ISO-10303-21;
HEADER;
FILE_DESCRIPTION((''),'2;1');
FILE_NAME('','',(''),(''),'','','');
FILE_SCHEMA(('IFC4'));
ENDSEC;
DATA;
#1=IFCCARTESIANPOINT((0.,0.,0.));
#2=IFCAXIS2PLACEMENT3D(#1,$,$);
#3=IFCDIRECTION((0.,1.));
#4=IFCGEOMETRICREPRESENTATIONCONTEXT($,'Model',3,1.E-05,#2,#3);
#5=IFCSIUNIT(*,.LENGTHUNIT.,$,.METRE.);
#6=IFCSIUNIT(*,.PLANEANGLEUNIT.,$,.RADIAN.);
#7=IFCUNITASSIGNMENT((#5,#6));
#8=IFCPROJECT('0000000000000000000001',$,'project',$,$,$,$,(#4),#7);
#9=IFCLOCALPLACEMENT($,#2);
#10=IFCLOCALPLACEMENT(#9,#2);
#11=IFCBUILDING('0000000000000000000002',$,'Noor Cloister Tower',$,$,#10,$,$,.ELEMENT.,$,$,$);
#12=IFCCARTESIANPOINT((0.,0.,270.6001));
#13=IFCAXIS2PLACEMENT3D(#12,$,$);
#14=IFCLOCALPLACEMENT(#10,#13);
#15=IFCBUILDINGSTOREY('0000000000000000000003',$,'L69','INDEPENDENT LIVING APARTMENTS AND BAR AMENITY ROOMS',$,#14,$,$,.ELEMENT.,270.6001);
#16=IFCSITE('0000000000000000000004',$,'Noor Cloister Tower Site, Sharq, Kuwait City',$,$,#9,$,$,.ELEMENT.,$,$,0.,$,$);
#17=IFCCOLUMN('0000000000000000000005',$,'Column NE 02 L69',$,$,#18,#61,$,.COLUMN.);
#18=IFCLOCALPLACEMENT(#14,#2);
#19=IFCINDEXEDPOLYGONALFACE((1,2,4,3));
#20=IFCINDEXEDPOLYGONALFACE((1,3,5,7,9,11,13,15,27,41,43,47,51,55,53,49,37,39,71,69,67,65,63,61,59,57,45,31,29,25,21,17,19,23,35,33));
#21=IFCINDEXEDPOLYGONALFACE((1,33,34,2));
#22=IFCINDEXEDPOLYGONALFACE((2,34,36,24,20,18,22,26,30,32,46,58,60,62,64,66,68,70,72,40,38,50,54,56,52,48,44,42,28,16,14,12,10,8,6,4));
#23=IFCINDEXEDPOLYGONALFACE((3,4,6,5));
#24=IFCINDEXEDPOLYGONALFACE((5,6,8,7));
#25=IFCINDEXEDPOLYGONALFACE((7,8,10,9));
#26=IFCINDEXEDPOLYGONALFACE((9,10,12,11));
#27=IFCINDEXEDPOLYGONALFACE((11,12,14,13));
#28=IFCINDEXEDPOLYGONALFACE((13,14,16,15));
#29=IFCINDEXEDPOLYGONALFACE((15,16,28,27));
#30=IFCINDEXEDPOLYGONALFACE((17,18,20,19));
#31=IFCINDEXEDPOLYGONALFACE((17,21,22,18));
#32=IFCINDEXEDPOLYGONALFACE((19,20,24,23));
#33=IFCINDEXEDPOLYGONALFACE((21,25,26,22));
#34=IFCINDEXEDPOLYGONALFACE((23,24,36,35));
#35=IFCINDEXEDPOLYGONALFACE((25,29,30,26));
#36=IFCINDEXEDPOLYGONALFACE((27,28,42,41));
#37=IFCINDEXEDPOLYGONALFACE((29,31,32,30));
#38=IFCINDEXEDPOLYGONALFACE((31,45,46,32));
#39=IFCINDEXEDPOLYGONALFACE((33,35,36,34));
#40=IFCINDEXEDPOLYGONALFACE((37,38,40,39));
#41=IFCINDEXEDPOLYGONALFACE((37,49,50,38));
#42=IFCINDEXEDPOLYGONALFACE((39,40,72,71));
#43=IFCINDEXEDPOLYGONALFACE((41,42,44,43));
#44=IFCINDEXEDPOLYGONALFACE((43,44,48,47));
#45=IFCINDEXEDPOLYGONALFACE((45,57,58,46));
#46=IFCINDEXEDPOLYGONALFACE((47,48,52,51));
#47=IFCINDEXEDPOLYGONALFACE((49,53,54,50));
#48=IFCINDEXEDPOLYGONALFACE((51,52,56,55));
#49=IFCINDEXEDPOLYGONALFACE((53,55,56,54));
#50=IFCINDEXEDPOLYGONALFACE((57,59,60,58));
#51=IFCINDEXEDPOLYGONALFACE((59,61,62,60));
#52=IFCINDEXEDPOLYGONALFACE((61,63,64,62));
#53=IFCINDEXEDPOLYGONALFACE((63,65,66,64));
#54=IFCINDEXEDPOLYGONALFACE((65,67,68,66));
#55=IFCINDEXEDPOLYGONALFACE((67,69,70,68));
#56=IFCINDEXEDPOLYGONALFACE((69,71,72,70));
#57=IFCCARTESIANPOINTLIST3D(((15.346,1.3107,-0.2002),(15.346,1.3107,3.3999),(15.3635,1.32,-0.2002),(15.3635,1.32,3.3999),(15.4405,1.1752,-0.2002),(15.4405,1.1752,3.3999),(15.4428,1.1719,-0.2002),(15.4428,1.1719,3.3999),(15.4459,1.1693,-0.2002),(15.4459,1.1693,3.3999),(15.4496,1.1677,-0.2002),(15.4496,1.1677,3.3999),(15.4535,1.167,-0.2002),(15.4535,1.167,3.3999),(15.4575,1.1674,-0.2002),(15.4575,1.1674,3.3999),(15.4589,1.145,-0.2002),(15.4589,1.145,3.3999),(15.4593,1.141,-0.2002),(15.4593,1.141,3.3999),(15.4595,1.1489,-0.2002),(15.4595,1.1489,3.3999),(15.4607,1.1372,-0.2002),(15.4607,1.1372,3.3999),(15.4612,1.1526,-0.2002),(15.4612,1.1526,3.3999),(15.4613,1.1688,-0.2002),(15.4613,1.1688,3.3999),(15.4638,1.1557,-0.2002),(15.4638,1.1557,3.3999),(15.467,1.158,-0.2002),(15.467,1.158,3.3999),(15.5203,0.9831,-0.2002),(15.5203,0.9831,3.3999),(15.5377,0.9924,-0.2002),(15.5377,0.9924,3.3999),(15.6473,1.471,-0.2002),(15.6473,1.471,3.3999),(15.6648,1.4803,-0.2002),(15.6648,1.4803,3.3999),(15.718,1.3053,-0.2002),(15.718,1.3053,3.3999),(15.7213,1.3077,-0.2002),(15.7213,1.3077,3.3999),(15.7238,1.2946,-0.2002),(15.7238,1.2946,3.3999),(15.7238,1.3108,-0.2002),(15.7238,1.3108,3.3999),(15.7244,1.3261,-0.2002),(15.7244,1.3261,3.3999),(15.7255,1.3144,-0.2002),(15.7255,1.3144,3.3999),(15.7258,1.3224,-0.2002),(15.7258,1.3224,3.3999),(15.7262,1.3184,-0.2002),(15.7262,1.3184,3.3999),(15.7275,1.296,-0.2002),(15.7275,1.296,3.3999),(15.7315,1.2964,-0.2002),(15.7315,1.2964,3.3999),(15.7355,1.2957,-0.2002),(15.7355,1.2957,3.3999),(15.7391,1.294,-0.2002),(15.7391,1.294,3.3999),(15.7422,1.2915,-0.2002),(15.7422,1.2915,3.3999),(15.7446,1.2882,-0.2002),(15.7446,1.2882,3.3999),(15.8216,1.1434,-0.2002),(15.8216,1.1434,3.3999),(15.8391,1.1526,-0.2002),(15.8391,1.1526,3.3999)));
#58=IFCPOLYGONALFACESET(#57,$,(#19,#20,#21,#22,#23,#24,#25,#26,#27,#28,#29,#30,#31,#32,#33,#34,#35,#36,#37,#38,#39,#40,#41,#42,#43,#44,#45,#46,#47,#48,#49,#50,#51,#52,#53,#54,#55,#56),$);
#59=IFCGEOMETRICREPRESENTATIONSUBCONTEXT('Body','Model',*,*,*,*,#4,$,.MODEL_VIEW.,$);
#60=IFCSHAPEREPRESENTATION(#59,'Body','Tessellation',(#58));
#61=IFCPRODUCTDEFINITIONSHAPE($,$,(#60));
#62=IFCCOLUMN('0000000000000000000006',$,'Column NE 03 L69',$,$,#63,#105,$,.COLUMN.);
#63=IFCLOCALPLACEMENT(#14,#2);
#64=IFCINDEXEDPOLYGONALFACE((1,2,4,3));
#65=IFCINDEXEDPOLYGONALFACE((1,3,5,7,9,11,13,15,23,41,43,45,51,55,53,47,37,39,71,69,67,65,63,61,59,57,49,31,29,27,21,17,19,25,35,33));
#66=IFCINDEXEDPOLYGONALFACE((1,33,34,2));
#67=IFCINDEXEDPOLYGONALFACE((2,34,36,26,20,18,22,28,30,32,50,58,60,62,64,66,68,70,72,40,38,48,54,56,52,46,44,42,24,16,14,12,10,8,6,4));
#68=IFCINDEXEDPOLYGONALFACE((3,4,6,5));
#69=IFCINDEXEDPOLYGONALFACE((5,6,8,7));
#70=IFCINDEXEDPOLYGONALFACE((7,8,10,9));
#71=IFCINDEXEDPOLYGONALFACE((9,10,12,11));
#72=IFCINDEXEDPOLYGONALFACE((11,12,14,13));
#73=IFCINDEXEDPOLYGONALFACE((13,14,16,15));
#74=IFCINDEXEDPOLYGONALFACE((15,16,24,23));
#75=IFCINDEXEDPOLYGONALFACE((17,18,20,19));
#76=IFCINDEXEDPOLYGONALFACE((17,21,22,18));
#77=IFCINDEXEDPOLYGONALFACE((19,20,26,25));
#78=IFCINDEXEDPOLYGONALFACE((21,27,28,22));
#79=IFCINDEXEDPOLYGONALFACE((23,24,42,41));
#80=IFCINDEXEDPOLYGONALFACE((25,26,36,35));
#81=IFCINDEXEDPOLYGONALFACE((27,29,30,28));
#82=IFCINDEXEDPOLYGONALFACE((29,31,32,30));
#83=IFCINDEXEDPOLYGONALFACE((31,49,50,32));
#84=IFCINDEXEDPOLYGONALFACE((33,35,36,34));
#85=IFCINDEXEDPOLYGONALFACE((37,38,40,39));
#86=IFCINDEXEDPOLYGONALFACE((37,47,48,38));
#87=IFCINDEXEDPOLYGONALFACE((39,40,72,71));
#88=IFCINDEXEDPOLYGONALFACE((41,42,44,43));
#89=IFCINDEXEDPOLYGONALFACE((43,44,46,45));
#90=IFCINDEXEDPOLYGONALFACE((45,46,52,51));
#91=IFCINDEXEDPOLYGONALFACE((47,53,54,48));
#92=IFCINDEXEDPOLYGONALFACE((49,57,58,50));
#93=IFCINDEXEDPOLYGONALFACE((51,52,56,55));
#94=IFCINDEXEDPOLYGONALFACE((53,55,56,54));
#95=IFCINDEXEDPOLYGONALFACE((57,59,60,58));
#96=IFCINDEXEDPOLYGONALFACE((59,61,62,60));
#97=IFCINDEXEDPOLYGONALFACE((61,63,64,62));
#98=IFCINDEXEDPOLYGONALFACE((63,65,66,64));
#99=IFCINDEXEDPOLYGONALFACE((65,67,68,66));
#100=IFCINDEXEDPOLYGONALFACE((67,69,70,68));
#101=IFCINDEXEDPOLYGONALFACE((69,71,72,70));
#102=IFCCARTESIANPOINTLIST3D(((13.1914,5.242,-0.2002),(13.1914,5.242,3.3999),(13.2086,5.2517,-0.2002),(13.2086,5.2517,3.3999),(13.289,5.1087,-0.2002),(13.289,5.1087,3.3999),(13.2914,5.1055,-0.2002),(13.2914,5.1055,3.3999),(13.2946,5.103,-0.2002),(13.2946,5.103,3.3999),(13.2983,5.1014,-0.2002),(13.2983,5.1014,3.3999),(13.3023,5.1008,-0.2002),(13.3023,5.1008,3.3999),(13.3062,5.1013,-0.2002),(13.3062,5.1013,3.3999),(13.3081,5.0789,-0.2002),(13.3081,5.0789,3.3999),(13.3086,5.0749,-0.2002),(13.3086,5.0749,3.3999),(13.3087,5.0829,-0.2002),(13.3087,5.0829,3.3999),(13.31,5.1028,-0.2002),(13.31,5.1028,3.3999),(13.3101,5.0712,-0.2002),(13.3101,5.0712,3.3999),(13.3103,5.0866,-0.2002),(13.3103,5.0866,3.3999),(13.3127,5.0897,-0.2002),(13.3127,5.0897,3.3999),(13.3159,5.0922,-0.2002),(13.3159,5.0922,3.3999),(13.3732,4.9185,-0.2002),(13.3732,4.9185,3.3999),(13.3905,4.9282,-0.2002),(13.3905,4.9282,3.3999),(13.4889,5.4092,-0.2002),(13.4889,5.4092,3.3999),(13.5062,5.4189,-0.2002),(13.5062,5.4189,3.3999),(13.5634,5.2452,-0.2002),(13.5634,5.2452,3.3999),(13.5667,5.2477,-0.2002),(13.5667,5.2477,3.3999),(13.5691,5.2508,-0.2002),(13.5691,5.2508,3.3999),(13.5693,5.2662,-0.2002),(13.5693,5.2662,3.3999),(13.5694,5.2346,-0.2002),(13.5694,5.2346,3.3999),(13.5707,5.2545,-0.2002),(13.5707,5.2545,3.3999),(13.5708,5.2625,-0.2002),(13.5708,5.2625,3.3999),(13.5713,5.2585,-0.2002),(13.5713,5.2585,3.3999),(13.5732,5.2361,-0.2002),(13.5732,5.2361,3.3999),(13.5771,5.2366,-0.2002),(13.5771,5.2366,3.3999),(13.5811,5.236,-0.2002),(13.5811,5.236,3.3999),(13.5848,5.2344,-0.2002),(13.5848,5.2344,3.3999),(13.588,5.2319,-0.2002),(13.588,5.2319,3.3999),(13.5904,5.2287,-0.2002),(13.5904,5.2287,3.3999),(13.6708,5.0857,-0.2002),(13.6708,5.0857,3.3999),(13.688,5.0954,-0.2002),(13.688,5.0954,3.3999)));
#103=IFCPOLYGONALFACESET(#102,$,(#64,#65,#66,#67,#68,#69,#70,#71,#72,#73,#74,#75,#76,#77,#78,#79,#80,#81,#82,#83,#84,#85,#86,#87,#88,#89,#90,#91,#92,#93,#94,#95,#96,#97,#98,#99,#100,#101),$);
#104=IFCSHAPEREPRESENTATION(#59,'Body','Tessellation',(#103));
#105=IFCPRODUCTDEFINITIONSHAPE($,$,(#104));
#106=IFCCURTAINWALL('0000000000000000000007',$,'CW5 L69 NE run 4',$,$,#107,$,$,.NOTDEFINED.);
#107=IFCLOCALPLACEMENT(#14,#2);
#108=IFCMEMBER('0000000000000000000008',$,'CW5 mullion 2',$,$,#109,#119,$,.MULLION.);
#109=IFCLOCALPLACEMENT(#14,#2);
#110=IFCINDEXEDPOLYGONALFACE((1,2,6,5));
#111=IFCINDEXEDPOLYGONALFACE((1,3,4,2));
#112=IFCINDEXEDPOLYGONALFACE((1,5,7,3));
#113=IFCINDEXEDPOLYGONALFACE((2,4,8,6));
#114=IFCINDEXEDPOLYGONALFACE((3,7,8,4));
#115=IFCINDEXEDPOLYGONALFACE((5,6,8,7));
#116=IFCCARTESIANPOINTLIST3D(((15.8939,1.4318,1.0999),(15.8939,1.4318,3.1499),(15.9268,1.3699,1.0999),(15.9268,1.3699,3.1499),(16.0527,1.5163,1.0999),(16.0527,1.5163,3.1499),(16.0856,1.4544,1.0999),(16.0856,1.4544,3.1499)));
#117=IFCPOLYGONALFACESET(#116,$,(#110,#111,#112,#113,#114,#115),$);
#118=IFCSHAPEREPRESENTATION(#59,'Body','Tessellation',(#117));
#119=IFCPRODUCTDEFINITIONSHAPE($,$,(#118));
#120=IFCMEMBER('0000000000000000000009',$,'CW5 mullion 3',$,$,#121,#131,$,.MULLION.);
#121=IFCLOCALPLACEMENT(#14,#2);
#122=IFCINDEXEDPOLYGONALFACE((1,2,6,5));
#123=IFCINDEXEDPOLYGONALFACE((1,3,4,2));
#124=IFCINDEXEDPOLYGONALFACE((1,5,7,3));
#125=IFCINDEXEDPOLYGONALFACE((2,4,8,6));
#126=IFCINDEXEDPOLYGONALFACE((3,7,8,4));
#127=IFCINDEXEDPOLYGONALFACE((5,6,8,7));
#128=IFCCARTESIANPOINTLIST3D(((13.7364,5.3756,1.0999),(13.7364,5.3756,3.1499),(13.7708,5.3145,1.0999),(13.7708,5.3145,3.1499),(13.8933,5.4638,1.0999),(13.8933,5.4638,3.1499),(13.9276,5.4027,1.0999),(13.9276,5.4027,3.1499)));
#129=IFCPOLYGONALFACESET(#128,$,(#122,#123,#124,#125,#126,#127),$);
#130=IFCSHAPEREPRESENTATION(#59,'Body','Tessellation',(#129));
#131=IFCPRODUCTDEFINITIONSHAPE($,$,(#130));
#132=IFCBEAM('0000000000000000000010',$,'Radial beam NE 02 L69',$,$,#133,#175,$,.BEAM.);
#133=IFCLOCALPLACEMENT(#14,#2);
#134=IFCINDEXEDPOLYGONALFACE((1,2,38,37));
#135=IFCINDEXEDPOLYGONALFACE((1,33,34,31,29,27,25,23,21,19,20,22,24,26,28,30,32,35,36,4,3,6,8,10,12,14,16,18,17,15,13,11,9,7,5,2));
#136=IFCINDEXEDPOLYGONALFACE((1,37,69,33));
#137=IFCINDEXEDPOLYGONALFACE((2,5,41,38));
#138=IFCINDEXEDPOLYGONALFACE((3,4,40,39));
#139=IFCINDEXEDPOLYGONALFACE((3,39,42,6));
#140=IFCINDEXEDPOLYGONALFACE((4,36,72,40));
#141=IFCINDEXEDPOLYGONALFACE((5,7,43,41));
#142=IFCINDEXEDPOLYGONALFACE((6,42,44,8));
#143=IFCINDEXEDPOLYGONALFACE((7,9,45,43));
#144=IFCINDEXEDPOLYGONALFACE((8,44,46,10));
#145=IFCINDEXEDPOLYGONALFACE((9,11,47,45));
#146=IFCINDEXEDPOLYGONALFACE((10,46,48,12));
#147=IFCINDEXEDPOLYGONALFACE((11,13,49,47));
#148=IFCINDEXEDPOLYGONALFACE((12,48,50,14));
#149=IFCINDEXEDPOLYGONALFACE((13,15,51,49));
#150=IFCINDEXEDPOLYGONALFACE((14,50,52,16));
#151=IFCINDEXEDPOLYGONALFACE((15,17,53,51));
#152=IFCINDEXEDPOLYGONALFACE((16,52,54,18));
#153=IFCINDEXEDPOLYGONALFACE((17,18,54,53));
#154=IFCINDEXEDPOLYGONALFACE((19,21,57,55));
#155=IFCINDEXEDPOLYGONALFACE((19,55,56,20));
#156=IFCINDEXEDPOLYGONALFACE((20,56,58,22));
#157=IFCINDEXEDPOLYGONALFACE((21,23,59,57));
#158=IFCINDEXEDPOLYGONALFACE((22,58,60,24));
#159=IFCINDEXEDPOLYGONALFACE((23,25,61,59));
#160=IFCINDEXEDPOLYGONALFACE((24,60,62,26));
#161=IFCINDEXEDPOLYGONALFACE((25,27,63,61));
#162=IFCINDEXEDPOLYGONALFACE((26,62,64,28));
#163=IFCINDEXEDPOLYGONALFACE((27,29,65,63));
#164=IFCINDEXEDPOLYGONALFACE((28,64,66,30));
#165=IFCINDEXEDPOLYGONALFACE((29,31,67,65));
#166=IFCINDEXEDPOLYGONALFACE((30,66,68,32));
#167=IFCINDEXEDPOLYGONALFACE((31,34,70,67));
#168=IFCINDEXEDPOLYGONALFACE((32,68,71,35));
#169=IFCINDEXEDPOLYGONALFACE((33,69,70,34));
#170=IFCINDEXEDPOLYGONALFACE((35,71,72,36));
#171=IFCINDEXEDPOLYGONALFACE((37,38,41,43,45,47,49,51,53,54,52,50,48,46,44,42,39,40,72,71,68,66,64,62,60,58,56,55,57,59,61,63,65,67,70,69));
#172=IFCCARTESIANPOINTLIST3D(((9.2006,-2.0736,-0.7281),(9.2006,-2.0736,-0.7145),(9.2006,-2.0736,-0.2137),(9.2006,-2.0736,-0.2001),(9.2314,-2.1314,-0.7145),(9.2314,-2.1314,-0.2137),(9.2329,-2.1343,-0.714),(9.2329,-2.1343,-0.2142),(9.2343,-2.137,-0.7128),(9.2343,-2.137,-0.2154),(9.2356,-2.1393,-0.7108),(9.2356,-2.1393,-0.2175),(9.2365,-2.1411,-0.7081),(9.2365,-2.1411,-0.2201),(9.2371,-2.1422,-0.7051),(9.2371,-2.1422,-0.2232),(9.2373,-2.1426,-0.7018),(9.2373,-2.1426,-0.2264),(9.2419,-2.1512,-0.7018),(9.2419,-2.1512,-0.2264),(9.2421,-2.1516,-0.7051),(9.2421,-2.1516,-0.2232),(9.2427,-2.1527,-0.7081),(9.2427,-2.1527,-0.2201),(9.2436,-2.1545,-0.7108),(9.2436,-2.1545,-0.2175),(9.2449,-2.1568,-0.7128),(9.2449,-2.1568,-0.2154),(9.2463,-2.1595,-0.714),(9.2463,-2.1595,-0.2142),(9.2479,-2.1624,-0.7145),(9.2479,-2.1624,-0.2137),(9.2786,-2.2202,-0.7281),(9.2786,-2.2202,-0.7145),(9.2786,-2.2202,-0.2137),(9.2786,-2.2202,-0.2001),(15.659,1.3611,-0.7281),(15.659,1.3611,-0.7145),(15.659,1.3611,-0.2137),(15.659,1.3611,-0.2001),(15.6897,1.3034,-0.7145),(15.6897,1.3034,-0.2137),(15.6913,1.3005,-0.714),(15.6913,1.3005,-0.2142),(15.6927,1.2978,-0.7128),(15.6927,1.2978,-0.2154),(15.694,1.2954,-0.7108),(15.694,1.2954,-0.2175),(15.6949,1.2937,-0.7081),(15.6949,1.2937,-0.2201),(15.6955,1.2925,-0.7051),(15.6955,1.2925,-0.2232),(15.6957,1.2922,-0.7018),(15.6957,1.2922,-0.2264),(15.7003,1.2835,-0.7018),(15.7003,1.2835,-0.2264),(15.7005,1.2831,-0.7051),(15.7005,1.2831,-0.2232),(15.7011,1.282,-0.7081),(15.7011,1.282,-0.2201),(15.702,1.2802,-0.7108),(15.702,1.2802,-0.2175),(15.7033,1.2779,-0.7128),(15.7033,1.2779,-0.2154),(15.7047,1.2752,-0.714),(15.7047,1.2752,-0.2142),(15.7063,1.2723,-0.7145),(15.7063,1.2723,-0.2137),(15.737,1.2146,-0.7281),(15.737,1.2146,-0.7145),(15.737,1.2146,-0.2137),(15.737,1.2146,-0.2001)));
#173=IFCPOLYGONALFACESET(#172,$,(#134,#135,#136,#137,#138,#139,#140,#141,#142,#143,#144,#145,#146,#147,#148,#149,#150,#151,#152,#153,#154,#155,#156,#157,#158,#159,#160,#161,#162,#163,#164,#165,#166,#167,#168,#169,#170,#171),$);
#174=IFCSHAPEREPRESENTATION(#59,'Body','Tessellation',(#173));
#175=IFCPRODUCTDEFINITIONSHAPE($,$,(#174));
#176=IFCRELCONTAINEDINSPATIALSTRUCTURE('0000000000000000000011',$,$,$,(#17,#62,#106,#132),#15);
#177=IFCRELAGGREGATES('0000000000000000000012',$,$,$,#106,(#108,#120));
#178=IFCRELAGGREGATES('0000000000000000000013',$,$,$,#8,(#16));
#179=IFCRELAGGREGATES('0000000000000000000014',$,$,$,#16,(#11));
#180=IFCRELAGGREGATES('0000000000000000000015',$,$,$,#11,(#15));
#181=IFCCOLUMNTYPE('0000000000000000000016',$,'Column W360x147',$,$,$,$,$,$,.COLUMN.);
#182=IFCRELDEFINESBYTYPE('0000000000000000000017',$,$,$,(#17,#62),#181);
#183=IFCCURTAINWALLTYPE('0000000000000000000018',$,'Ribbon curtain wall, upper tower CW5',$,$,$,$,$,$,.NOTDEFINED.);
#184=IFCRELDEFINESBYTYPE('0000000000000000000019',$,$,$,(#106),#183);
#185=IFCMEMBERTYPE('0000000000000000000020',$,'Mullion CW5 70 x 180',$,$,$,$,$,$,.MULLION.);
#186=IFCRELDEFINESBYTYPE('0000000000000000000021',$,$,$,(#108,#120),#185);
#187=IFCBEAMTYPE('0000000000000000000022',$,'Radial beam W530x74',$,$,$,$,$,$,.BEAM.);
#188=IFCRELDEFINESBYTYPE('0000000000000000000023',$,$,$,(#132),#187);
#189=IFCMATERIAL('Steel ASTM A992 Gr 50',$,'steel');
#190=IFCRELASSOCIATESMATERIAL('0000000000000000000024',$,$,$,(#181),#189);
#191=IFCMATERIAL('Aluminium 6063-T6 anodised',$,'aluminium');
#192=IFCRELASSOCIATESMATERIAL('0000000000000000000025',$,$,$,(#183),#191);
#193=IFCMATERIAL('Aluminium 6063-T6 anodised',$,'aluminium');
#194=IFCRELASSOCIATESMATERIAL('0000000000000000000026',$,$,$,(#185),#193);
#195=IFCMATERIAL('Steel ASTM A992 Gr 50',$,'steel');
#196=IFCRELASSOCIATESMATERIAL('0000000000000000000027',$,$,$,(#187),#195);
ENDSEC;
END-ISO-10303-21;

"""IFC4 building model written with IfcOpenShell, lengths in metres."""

from ifc_helpers import new_model, si_unit, direction, frame, origin, origin_2d, place, context, subcontext, project, spatial, rectangle, i_section, extrude, material, material_profile, profile_set, type_object, element, aggregate, save


model = new_model("IFC4")

# Units and contexts
model_context = context("Model", 3, precision=1e-05, world=origin(), true_north=direction((0.0, 1.0)))
body_context = subcontext(model_context, "Body", "Model", "MODEL_VIEW")
ifc_project = project(units=[si_unit("LENGTHUNIT", "METRE"), si_unit("PLANEANGLEUNIT", "RADIAN")], contexts=[model_context])

# Site, building, storey
site_placement = place(None, origin())
site = spatial("IfcSite", under=ifc_project, at=site_placement, Name="Noor Cloister Tower Site, Sharq, Kuwait City", CompositionType="ELEMENT", RefElevation=0.0)
building_placement = place(site_placement, origin())
building = spatial("IfcBuilding", under=site, at=building_placement, Name="Noor Cloister Tower", CompositionType="ELEMENT")
storey_placement = place(building_placement, frame((0.0, 0.0, 270.6001)))
storey = spatial("IfcBuildingStorey", under=building, at=storey_placement, Name="L69", Description="INDEPENDENT LIVING APARTMENTS AND BAR AMENITY ROOMS", CompositionType="ELEMENT", Elevation=270.6001)

# Columns
ifc_material_1 = material(Name="Steel ASTM A992 Gr 50", Category="steel")
ifc_material_profile_1 = material_profile(ifc_material_1, i_section(OverallWidth=0.3711, OverallDepth=0.3611, WebThickness=0.0122, FlangeThickness=0.0198, FilletRadius=0.0154, at=origin_2d()), Name="W360x147")
ifc_profile_set_1 = profile_set([ifc_material_profile_1], Name="Steel ASTM A992 Gr 50")
column_type = type_object("IfcColumnType", Name="Column W360x147", PredefinedType="COLUMN", material=ifc_profile_set_1)
for number, where, z_axis, x_axis, name in (
    (1, (15.5925, 1.2317, -0.2002), (0.0, 0.0, 1.0), (-0.469576, 0.882892, 0.0), "Column NE 02 L69"),
    (2, (13.4397, 5.1687, -0.2002), (0.0, 0.0, 1.0), (-0.489924, 0.871765, 0.0), "Column NE 03 L69"),
):
    element("IfcColumn", number, at=place(storey_placement, frame(where, z_axis=z_axis, x_axis=x_axis)), inside=storey, type_object=column_type, Name=name, PredefinedType="COLUMN", context=body_context, shape_type="SweptSolid", body=[
        extrude(i_section(OverallWidth=0.3711, OverallDepth=0.3611, WebThickness=0.0122, FlangeThickness=0.0198, FilletRadius=0.0154, at=origin_2d()), origin(), (0.0, 0.0, 1.0), 3.6001),
    ])

# Curtain wall, members
ifc_material_2 = material(Name="Aluminium 6063-T6 anodised", Category="aluminium")
curtain_wall_type = type_object("IfcCurtainWallType", Name="Ribbon curtain wall, upper tower CW5", PredefinedType="NOTDEFINED", material=ifc_material_2)
curtain_wall_placement = place(storey_placement, origin())
curtain_wall = element("IfcCurtainWall", 3, at=curtain_wall_placement, inside=storey, type_object=curtain_wall_type, Name="CW5 L69 NE run 4", PredefinedType="NOTDEFINED")
ifc_material_3 = material(Name="Aluminium 6063-T6 anodised", Category="aluminium")
ifc_material_profile_2 = material_profile(ifc_material_3, rectangle(XDim=0.1799, YDim=0.0701, at=origin_2d()), Name="180 x 70 mullion")
ifc_profile_set_2 = profile_set([ifc_material_profile_2], Name="Aluminium 6063-T6 anodised")
member_type = type_object("IfcMemberType", Name="Mullion CW5 70 x 180", PredefinedType="MULLION", material=ifc_profile_set_2)
member_1_placement = place(storey_placement, frame((15.9897, 1.4431, 1.0999), z_axis=(0.0, 0.0, 1.0), x_axis=(-0.882892, -0.469576, 0.0)))
member_1 = element("IfcMember", 4, at=member_1_placement, type_object=member_type, Name="CW5 mullion 2", PredefinedType="MULLION", context=body_context, shape_type="SweptSolid", body=[
    extrude(rectangle(XDim=0.1799, YDim=0.0701, at=origin_2d()), origin(), (0.0, 0.0, 1.0), 2.05),
])
member_2_placement = place(storey_placement, frame((13.832, 5.3892, 1.0999), z_axis=(0.0, 0.0, 1.0), x_axis=(-0.871765, -0.489924, 0.0)))
member_2 = element("IfcMember", 5, at=member_2_placement, type_object=member_type, Name="CW5 mullion 3", PredefinedType="MULLION", context=body_context, shape_type="SweptSolid", body=[
    extrude(rectangle(XDim=0.1799, YDim=0.0701, at=origin_2d()), origin(), (0.0, 0.0, 1.0), 2.05),
])

# Beam
ifc_material_4 = material(Name="Steel ASTM A992 Gr 50", Category="steel")
ifc_material_profile_3 = material_profile(ifc_material_4, i_section(OverallWidth=0.166, OverallDepth=0.5281, WebThickness=0.0098, FlangeThickness=0.0137, FilletRadius=0.0127, at=origin_2d()), Name="W530x74")
ifc_profile_set_3 = profile_set([ifc_material_profile_3], Name="Steel ASTM A992 Gr 50")
beam_type_1 = type_object("IfcBeamType", Name="Radial beam W530x74", PredefinedType="BEAM", material=ifc_profile_set_3)
beam_1_placement = place(storey_placement, frame((15.698, 1.2878, -0.4641), z_axis=(-0.882904, -0.469554, 0.0), x_axis=(0.469554, -0.882904, 0.0)))
element("IfcBeam", 6, at=beam_1_placement, inside=storey, type_object=beam_type_1, Name="Radial beam NE 02 L69", PredefinedType="BEAM", context=body_context, shape_type="SweptSolid", body=[
    extrude(i_section(OverallWidth=0.166, OverallDepth=0.5281, WebThickness=0.0098, FlangeThickness=0.0137, FilletRadius=0.0127, at=origin_2d()), origin(), (0.0, 0.0, 1.0), 7.3149),
])

aggregate(curtain_wall, [member_1, member_2])

save(model, "model.ifc")
